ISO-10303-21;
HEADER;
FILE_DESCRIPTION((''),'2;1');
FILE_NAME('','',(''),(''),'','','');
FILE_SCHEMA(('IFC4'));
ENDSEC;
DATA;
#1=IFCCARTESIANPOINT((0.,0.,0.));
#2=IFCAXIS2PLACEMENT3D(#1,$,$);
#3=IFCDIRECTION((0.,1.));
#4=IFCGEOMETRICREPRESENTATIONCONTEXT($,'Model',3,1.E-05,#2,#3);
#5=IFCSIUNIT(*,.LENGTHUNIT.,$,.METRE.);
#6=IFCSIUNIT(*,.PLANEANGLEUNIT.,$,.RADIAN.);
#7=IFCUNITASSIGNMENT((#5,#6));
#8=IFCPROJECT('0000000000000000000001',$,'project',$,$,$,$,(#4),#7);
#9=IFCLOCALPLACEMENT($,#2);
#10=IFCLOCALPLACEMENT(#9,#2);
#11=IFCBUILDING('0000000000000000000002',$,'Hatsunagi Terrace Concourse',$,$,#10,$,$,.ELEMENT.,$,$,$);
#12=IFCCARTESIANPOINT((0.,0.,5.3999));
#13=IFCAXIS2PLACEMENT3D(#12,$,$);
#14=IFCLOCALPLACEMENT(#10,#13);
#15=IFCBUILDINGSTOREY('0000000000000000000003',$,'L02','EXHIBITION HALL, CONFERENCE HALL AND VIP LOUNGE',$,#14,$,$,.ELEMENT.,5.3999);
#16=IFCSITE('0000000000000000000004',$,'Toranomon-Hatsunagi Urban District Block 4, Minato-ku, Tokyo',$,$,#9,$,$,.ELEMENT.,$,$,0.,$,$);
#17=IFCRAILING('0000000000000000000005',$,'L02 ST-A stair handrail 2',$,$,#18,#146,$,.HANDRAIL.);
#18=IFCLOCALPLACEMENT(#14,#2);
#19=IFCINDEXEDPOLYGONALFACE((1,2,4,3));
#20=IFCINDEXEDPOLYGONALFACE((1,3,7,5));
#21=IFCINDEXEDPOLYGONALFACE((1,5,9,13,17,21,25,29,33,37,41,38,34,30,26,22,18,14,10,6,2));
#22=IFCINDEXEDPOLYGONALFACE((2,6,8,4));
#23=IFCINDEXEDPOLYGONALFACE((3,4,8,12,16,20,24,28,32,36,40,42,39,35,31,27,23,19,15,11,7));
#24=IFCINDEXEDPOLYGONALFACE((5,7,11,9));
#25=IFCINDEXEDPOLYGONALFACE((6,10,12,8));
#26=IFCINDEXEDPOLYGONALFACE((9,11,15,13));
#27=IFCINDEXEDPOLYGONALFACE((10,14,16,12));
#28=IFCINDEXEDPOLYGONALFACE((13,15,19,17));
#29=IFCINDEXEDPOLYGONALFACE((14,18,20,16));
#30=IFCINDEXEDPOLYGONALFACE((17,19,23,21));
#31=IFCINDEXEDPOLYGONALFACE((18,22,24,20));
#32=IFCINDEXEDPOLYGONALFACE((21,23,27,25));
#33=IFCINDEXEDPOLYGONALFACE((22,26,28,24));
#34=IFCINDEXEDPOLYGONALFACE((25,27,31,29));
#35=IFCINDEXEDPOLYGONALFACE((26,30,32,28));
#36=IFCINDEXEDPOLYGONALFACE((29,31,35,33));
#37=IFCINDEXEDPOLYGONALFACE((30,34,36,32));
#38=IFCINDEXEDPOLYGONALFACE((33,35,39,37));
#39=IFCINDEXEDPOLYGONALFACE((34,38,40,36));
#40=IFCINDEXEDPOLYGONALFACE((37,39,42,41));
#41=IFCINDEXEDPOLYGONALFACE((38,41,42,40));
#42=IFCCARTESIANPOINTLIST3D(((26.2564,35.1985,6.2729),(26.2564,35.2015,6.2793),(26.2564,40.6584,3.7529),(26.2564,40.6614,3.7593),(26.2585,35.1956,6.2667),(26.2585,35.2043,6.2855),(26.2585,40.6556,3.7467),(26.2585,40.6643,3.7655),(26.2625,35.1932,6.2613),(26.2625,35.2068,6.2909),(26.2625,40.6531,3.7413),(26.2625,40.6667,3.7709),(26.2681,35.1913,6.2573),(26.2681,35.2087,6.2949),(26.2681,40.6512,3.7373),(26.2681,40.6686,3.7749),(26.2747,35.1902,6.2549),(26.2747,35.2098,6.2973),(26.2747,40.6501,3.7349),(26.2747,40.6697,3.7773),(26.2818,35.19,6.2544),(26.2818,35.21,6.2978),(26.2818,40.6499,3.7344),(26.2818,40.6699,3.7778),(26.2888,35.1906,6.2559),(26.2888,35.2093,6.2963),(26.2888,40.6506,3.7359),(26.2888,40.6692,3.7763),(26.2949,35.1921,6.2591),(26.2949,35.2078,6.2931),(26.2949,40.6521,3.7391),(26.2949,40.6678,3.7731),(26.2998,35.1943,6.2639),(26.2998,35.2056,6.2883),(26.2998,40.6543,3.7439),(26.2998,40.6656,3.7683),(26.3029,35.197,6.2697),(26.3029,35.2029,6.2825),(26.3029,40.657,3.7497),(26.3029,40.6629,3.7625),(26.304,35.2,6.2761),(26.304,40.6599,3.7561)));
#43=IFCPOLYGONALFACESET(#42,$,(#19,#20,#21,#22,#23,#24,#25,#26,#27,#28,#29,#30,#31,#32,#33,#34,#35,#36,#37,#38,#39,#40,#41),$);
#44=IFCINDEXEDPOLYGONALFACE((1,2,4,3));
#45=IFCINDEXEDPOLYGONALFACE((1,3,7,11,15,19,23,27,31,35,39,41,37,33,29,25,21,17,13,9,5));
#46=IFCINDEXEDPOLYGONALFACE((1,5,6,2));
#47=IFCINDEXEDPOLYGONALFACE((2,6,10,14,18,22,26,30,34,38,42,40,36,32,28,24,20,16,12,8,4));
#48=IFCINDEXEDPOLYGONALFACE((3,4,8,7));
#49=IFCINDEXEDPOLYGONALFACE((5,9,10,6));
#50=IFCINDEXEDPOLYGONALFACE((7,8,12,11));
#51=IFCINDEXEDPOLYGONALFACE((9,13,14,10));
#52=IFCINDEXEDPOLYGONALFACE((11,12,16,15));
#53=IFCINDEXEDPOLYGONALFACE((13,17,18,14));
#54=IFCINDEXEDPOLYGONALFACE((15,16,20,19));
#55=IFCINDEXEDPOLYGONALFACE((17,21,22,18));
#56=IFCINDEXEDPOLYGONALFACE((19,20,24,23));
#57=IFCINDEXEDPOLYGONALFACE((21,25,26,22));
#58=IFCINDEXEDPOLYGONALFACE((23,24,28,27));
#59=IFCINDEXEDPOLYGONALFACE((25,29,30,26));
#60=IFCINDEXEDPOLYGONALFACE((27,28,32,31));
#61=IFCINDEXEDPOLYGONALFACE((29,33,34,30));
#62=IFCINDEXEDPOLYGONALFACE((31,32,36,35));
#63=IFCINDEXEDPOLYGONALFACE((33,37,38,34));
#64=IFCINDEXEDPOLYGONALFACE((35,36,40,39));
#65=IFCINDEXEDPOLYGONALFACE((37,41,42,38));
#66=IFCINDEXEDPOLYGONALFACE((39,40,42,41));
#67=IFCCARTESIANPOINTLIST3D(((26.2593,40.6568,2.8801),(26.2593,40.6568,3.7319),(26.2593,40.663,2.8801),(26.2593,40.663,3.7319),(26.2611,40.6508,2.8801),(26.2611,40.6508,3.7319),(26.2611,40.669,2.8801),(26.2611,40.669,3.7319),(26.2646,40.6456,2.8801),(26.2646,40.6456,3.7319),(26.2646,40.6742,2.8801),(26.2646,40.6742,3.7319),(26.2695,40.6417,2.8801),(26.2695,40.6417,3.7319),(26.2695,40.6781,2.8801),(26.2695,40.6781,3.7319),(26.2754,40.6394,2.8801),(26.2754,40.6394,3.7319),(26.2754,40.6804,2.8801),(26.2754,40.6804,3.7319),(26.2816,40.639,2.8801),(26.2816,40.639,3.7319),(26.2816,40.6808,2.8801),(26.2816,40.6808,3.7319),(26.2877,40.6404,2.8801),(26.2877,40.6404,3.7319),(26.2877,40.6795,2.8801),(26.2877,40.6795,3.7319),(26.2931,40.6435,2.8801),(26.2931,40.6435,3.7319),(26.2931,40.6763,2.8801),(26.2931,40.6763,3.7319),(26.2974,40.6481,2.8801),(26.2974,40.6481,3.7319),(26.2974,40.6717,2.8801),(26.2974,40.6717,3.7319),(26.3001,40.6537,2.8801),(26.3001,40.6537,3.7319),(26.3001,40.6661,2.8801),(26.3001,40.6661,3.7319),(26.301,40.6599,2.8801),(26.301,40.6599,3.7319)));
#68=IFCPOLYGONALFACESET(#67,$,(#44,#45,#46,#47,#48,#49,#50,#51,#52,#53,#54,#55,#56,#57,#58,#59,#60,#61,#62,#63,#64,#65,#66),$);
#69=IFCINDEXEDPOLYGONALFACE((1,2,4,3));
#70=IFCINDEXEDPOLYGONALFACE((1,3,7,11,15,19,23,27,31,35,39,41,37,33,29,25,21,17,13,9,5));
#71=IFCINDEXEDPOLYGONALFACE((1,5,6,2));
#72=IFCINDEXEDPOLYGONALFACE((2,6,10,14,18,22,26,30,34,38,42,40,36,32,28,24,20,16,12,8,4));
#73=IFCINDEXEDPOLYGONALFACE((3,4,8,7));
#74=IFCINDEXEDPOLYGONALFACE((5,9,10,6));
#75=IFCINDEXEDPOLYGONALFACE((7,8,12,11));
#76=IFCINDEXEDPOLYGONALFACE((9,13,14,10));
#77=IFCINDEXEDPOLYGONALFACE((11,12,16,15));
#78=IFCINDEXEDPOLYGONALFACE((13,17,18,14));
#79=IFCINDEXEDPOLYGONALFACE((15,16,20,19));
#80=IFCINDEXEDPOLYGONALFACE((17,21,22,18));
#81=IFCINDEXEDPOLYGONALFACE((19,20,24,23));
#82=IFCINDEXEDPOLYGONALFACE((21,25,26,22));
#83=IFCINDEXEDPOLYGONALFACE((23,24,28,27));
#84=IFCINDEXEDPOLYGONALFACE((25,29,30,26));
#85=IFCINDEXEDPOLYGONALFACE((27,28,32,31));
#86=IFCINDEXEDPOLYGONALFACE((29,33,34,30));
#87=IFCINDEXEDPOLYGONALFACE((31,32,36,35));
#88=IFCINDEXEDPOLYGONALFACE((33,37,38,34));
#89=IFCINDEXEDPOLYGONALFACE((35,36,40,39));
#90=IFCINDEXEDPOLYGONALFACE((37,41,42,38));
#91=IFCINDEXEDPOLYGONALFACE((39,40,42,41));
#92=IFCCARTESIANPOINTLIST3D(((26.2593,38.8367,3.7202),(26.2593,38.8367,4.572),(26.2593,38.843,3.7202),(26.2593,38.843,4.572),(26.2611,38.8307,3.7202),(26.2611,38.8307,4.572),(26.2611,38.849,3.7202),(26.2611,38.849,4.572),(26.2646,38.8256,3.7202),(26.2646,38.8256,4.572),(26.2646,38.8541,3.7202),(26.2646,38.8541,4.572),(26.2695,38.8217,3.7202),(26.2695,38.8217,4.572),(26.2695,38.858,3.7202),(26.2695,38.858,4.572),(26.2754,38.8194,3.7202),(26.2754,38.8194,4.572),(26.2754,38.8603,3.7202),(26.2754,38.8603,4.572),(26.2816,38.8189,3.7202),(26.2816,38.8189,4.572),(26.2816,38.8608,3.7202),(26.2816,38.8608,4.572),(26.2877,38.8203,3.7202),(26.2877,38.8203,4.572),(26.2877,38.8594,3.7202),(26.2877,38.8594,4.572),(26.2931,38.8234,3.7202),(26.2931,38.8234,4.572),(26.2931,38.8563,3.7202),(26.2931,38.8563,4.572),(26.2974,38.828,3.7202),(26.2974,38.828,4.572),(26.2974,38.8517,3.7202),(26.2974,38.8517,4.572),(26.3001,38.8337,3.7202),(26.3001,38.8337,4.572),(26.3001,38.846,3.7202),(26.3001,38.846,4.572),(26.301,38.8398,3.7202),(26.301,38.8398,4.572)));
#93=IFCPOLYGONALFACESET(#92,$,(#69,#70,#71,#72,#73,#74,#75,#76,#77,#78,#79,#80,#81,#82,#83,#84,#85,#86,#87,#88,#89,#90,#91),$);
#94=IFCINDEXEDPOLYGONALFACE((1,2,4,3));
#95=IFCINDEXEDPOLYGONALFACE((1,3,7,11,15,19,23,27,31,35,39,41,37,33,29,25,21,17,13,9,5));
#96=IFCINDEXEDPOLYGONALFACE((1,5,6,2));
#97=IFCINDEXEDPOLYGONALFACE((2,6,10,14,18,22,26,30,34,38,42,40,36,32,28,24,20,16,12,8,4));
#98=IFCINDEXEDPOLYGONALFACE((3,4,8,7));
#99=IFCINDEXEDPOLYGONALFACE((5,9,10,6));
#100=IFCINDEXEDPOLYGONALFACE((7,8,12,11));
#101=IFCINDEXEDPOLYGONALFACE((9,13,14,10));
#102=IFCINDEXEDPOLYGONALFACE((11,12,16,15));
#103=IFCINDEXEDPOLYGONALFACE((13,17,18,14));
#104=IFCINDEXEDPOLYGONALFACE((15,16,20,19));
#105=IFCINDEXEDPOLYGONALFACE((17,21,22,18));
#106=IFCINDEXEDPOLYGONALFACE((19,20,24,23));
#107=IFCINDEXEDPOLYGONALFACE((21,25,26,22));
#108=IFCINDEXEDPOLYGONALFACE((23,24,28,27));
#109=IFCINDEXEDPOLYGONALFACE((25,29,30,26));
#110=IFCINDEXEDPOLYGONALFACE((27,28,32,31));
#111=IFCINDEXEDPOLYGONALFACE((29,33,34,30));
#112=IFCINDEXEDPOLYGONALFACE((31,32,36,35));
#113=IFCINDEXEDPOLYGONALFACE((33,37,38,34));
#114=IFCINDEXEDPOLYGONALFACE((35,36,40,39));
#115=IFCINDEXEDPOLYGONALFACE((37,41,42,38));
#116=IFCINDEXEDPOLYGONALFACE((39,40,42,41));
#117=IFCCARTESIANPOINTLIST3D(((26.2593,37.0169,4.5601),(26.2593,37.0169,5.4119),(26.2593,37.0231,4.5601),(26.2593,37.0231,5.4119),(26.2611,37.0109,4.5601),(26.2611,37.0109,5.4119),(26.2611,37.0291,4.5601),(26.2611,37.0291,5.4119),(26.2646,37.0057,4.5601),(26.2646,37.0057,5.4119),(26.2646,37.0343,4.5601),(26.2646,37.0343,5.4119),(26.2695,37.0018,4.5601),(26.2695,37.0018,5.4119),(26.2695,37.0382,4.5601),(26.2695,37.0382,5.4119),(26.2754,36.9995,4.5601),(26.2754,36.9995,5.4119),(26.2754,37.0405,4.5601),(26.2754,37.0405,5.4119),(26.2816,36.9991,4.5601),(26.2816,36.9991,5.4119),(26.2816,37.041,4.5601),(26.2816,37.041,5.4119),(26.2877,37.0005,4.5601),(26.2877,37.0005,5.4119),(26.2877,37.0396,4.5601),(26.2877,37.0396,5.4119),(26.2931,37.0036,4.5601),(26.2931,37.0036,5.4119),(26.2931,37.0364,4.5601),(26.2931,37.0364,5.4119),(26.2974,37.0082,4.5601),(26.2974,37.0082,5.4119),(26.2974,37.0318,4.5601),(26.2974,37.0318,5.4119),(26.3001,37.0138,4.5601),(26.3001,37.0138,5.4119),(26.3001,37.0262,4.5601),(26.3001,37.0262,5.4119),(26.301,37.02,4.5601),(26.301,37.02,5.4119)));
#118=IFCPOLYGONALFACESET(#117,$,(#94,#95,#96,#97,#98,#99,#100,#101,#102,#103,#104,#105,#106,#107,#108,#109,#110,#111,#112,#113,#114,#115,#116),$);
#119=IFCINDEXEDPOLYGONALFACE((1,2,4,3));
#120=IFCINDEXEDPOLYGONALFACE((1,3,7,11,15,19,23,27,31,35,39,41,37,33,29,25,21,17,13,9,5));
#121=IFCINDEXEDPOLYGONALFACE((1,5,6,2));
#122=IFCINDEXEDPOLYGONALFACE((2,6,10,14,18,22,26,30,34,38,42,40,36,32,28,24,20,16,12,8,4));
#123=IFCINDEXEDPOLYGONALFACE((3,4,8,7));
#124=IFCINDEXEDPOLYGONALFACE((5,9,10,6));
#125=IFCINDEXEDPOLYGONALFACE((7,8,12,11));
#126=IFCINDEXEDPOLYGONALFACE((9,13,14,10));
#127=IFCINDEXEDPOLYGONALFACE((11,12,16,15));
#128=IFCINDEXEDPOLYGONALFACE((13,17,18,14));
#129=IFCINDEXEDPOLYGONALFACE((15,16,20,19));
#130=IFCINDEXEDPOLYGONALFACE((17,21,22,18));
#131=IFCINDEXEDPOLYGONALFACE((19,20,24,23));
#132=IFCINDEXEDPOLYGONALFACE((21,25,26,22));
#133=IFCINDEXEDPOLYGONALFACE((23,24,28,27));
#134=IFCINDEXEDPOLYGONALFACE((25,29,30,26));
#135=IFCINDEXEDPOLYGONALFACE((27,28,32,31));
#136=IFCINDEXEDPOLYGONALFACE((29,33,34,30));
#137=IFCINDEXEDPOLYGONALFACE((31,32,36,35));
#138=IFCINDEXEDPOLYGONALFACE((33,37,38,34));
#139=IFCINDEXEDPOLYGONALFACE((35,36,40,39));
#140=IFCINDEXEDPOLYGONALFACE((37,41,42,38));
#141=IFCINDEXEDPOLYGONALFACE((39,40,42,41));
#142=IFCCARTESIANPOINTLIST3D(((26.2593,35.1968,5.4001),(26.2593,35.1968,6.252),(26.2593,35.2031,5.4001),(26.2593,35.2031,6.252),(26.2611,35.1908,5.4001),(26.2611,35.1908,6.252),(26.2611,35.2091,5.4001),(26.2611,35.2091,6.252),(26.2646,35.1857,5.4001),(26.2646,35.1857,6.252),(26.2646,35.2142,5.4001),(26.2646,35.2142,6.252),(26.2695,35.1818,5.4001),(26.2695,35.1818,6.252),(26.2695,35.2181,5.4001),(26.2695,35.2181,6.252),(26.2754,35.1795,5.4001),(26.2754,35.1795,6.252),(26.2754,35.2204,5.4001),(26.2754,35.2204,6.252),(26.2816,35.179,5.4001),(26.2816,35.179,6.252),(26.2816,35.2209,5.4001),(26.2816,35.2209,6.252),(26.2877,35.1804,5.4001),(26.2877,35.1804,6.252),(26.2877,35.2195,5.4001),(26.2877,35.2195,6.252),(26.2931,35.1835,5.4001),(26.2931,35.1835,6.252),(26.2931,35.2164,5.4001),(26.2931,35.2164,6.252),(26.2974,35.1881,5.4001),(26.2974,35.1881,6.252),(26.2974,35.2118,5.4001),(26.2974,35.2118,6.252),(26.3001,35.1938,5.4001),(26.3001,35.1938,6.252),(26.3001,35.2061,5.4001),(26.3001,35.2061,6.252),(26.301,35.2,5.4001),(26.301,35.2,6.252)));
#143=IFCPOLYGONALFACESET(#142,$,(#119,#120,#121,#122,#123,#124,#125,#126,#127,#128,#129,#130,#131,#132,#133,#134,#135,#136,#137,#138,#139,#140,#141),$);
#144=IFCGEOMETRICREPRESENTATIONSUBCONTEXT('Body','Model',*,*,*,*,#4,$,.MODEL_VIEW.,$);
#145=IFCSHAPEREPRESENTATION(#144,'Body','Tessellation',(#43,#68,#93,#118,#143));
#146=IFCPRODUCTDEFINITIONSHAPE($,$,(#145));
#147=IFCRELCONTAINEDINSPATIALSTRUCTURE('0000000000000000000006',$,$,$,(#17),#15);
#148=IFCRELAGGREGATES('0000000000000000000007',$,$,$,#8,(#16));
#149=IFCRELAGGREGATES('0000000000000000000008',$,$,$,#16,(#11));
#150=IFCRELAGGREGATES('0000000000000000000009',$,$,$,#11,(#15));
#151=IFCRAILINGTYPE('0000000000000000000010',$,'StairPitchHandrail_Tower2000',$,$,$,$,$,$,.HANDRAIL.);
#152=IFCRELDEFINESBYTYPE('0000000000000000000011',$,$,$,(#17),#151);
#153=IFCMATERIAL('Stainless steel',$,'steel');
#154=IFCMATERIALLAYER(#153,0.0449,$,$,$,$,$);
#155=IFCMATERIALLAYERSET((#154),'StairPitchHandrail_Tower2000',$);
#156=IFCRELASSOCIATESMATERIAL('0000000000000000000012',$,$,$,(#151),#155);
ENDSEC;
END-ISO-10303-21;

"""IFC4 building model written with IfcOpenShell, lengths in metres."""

from ifc_helpers import new_model, si_unit, direction, frame, origin, origin_2d, place, context, subcontext, project, spatial, circle, extrude, material, layer, layer_set, type_object, element, save


model = new_model("IFC4")

# Units and contexts
model_context = context("Model", 3, precision=1e-05, world=origin(), true_north=direction((0.0, 1.0)))
body_context = subcontext(model_context, "Body", "Model", "MODEL_VIEW")
ifc_project = project(units=[si_unit("LENGTHUNIT", "METRE"), si_unit("PLANEANGLEUNIT", "RADIAN")], contexts=[model_context])

# Site, building, storey
site_placement = place(None, origin())
site = spatial("IfcSite", under=ifc_project, at=site_placement, Name="Toranomon-Hatsunagi Urban District Block 4, Minato-ku, Tokyo", CompositionType="ELEMENT", RefElevation=0.0)
building_placement = place(site_placement, origin())
building = spatial("IfcBuilding", under=site, at=building_placement, Name="Hatsunagi Terrace Concourse", CompositionType="ELEMENT")
storey_placement = place(building_placement, frame((0.0, 0.0, 5.3999)))
storey = spatial("IfcBuildingStorey", under=building, at=storey_placement, Name="L02", Description="EXHIBITION HALL, CONFERENCE HALL AND VIP LOUNGE", CompositionType="ELEMENT", Elevation=5.3999)

# Railing
ifc_material_1 = material(Name="Stainless steel", Category="steel")
ifc_layer_1 = layer(ifc_material_1, 0.0449)
ifc_layer_set_1 = layer_set([ifc_layer_1], Name="StairPitchHandrail_Tower2000")
railing_type_1 = type_object("IfcRailingType", Name="StairPitchHandrail_Tower2000", PredefinedType="HANDRAIL", material=ifc_layer_set_1)
railing_1_placement = place(storey_placement, frame((26.28, 40.6599, 2.8801)))
element("IfcRailing", 1, at=railing_1_placement, inside=storey, type_object=railing_type_1, Name="L02 ST-A stair handrail 2", PredefinedType="HANDRAIL", context=body_context, shape_type="SweptSolid", body=[
    extrude(circle(Radius=0.0239, at=origin_2d()), frame((0.0, 0.0, 0.876), z_axis=(0.0, -0.907957, 0.419063), x_axis=(1.0, 0.0, 0.0)), (0.0, 0.0, 1.0), 6.0134),
    extrude(circle(Radius=0.021, at=origin_2d()), origin(), (0.0, 0.0, 1.0), 0.8518),
    extrude(circle(Radius=0.021, at=origin_2d()), frame((0.0, -1.8201, 0.8401)), (0.0, 0.0, 1.0), 0.8518),
    extrude(circle(Radius=0.021, at=origin_2d()), frame((0.0, -3.6399, 1.6799)), (0.0, 0.0, 1.0), 0.8518),
    extrude(circle(Radius=0.021, at=origin_2d()), frame((0.0, -5.46, 2.52)), (0.0, 0.0, 1.0), 0.8518),
])

save(model, "model.ifc")
